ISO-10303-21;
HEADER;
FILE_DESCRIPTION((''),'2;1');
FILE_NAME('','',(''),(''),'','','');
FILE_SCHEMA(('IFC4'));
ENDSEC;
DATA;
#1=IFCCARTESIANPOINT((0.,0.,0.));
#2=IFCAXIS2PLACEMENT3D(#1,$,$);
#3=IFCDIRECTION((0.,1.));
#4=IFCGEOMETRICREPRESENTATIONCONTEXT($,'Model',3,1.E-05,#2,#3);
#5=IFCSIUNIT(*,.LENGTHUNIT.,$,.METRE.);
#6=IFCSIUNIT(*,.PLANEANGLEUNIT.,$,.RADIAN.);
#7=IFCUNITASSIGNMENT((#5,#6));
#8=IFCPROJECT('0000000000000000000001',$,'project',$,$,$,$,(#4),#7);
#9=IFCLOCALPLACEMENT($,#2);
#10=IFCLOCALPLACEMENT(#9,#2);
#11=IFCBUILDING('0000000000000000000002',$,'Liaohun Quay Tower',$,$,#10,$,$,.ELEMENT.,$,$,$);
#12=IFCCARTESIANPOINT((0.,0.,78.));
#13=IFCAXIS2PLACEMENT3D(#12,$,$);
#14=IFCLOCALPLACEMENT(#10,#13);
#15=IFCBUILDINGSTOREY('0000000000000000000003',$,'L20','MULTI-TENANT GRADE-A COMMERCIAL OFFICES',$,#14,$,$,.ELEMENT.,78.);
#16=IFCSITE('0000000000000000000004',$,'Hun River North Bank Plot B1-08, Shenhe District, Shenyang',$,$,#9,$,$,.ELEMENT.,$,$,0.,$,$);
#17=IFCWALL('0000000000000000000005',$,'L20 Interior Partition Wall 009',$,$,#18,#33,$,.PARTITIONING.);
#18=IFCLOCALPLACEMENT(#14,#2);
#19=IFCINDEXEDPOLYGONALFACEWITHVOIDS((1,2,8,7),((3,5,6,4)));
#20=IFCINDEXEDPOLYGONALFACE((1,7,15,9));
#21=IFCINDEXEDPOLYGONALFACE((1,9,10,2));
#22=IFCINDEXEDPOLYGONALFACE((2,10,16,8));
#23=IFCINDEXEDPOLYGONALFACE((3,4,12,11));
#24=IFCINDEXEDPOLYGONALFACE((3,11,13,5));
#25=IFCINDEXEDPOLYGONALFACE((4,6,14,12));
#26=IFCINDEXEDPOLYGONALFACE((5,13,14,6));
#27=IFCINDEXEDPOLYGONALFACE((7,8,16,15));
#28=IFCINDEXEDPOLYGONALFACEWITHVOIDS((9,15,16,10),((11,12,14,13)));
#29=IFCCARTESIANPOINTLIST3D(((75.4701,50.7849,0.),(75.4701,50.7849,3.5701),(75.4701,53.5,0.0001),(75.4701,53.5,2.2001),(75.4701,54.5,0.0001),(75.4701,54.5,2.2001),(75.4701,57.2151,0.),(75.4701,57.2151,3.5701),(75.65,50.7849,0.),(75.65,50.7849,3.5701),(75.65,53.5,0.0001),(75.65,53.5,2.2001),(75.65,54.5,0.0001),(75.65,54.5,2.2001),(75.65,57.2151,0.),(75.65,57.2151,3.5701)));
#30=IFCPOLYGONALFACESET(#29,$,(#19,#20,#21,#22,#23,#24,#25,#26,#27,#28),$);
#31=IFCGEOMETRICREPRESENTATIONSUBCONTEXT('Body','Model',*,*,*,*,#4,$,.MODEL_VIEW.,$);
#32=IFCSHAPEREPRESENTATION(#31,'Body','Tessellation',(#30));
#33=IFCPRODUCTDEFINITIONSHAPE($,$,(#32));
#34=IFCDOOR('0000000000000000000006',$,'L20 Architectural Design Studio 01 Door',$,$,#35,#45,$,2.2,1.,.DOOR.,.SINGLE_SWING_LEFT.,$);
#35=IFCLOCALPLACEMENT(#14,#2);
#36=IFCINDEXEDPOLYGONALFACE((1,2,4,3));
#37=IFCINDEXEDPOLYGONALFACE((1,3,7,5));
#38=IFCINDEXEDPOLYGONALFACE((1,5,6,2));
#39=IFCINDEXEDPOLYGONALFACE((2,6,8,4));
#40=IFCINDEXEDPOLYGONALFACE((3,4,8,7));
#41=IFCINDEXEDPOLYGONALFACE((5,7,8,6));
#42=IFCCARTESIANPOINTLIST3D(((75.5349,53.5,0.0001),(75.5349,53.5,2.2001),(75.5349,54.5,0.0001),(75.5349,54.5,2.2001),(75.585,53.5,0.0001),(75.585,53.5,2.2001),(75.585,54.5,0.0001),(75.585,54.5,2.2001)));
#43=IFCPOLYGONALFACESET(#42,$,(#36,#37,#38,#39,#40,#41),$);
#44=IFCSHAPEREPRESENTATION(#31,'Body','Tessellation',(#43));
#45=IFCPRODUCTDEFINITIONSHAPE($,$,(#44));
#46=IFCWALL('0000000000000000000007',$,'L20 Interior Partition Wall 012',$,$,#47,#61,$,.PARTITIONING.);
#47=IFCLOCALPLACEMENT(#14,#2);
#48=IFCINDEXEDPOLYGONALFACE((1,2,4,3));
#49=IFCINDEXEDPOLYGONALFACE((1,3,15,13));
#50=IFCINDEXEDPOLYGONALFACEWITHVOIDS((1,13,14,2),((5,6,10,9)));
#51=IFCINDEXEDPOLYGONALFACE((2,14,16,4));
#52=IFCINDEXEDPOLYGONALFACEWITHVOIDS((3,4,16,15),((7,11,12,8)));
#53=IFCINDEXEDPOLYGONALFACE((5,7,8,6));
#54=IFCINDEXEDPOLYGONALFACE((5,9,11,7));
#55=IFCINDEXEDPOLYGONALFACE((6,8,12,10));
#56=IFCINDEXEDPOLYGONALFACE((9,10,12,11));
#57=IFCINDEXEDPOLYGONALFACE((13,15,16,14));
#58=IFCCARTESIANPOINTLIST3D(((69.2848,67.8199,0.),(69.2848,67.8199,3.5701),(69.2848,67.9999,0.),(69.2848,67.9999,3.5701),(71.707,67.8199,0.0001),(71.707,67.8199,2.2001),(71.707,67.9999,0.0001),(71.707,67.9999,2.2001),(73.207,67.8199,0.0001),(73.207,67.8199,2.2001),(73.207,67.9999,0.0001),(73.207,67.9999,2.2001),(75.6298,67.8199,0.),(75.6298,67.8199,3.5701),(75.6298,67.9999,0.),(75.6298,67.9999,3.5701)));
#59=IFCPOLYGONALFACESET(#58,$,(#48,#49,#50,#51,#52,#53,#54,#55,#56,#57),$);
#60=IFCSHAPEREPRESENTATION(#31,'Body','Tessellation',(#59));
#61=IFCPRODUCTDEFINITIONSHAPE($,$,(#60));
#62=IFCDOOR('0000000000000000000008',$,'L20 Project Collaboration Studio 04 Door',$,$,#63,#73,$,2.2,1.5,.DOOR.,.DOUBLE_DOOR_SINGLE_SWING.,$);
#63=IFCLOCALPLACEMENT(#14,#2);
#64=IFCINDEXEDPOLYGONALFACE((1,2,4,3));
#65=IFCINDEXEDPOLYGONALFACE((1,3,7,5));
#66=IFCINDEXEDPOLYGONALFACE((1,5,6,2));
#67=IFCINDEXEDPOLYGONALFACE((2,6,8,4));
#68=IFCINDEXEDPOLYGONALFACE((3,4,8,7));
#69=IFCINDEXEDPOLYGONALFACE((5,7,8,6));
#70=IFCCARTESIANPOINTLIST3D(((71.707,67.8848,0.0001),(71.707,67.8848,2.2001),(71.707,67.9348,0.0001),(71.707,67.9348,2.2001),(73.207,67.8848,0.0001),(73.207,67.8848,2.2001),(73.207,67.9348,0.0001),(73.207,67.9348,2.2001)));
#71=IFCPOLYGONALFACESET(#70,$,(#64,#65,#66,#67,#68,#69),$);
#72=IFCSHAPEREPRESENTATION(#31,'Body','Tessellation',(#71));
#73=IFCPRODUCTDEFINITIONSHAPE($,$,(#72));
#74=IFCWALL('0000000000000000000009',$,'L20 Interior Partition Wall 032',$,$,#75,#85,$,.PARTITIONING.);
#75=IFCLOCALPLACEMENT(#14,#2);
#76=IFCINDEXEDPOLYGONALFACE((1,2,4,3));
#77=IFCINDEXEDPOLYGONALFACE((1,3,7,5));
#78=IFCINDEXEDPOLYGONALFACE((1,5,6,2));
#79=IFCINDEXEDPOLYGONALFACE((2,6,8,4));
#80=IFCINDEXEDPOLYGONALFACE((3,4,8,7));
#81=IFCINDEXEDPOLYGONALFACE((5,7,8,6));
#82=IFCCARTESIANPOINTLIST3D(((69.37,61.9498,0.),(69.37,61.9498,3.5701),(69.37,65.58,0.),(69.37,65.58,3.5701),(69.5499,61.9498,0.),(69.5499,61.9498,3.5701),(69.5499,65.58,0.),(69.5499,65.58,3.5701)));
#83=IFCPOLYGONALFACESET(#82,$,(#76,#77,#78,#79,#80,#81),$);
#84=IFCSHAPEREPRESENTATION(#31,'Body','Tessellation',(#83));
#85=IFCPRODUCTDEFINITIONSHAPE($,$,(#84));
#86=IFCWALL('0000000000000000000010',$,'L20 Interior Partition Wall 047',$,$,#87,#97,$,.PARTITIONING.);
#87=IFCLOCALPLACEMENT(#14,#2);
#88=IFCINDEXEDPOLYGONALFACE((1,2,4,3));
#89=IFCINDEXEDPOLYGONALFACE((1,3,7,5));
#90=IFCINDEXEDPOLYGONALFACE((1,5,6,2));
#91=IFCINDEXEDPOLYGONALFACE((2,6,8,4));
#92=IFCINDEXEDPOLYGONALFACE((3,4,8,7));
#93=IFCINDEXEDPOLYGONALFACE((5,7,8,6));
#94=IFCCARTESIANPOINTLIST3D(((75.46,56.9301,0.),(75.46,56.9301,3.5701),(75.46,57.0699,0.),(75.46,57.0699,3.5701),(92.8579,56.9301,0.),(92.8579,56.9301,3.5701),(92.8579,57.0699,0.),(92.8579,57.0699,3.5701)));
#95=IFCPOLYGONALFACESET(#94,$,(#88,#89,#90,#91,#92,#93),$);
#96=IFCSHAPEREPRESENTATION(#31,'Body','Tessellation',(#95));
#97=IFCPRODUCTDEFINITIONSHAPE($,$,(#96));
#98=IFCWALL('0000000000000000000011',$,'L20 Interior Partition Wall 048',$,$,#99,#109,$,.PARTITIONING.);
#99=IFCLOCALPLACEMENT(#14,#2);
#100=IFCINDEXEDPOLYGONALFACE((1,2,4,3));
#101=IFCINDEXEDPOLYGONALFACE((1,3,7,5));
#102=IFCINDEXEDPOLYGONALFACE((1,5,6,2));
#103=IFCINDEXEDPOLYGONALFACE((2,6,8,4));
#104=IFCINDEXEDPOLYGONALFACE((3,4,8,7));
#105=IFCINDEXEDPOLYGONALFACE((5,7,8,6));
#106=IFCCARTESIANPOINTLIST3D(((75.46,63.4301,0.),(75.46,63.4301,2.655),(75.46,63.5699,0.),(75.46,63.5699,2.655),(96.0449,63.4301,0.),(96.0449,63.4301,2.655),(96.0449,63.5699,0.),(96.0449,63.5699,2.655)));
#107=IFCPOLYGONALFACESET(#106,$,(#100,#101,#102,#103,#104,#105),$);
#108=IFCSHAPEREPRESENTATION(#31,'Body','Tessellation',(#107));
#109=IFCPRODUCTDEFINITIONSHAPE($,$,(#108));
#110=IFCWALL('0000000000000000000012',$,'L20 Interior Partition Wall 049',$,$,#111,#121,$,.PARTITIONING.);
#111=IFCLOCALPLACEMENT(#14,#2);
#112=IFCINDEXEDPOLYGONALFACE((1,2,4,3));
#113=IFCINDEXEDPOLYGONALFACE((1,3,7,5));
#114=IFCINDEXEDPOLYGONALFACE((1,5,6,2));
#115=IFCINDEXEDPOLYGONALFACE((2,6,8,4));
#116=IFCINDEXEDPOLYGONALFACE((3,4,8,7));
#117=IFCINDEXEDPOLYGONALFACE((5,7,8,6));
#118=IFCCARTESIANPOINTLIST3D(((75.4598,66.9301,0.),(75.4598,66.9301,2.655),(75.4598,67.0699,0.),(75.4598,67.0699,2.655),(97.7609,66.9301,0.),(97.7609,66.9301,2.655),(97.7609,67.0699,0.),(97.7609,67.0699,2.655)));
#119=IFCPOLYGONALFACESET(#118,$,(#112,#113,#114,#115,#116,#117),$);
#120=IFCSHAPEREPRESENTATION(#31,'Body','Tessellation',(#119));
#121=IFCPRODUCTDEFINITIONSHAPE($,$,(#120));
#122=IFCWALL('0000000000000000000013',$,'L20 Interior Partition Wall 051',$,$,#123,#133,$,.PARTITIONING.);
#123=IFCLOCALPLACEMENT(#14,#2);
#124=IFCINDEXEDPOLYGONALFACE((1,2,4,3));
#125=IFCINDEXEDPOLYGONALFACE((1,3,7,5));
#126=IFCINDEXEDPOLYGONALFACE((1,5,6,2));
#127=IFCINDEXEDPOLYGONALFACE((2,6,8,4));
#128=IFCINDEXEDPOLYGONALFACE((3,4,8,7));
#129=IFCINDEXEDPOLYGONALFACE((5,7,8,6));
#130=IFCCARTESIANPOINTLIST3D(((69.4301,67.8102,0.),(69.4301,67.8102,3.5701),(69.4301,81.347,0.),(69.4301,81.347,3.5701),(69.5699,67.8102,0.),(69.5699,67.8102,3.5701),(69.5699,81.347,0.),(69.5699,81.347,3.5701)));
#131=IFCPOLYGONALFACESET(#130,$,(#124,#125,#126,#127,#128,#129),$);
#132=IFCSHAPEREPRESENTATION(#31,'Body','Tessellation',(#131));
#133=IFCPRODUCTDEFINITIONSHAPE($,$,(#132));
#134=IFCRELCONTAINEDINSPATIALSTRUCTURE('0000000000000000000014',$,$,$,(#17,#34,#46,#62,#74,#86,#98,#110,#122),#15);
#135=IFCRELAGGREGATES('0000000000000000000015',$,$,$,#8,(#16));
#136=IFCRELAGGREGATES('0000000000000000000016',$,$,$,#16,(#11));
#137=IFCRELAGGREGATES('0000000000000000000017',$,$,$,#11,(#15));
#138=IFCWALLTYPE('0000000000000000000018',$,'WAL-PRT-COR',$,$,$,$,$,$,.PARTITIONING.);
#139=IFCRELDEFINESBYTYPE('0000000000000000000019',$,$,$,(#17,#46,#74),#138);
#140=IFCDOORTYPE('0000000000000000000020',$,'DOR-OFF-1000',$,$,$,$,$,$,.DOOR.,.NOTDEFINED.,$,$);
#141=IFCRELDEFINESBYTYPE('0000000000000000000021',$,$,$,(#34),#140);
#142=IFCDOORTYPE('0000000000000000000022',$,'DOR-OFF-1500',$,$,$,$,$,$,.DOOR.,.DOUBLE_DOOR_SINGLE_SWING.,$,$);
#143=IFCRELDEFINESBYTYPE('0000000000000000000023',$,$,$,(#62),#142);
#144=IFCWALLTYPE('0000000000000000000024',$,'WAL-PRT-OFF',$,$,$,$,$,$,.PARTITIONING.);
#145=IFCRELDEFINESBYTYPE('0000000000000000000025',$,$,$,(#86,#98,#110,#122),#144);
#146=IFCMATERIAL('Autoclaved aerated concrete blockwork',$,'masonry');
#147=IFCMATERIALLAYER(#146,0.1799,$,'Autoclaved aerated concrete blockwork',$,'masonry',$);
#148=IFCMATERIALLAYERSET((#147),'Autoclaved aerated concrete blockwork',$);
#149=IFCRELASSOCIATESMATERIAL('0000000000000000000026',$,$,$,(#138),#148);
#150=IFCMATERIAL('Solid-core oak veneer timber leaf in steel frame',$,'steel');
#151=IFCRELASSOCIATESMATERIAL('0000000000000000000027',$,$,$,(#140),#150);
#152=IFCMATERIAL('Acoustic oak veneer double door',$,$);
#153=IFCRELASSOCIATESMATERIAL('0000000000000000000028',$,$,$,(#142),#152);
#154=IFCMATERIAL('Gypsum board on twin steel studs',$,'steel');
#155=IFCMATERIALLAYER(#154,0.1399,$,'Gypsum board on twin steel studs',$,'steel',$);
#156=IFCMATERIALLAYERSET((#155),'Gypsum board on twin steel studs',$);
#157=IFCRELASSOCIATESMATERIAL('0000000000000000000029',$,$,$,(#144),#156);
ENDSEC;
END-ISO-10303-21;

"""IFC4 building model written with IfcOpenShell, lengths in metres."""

from ifc_helpers import new_model, si_unit, direction, frame, frame_2d, origin, place, context, subcontext, project, spatial, rectangle, extrude, source, transform, mapped, material, layer, layer_set, type_object, element, fill, save


model = new_model("IFC4")

# Units and contexts
model_context = context("Model", 3, precision=1e-05, world=origin(), true_north=direction((0.0, 1.0)))
body_context = subcontext(model_context, "Body", "Model", "MODEL_VIEW")
ifc_project = project(units=[si_unit("LENGTHUNIT", "METRE"), si_unit("PLANEANGLEUNIT", "RADIAN")], contexts=[model_context])

# Site, building, storey
site_placement = place(None, origin())
site = spatial("IfcSite", under=ifc_project, at=site_placement, Name="Hun River North Bank Plot B1-08, Shenhe District, Shenyang", CompositionType="ELEMENT", RefElevation=0.0)
building_placement = place(site_placement, origin())
building = spatial("IfcBuilding", under=site, at=building_placement, Name="Liaohun Quay Tower", CompositionType="ELEMENT")
storey_placement = place(building_placement, frame((0.0, 0.0, 78.0)))
storey = spatial("IfcBuildingStorey", under=building, at=storey_placement, Name="L20", Description="MULTI-TENANT GRADE-A COMMERCIAL OFFICES", CompositionType="ELEMENT", Elevation=78.0)

# Walls, openings, doors
ifc_material_1 = material(Name="Autoclaved aerated concrete blockwork", Category="masonry")
ifc_layer_1 = layer(ifc_material_1, 0.1799, Name="Autoclaved aerated concrete blockwork", Category="masonry")
ifc_layer_set_1 = layer_set([ifc_layer_1], Name="Autoclaved aerated concrete blockwork")
wall_type_1 = type_object("IfcWallType", Name="WAL-PRT-COR", PredefinedType="PARTITIONING", material=ifc_layer_set_1)
wall_1_placement = place(storey_placement, frame((75.5601, 57.2151, 0.0), z_axis=(0.0, 0.0, 1.0), x_axis=(0.0, -1.0, 0.0)))
wall_1 = element("IfcWall", 1, at=wall_1_placement, inside=storey, type_object=wall_type_1, Name="L20 Interior Partition Wall 009", PredefinedType="PARTITIONING", context=body_context, shape_type="SweptSolid", body=[
    extrude(rectangle(XDim=6.4302, YDim=0.1799, at=frame_2d((3.2151, 0.0))), origin(), (0.0, 0.0, 1.0), 3.5701),
])
shared_shape_1 = source(origin(), body_context, "Body", "SweptSolid", [
    extrude(rectangle(XDim=1.0, YDim=2.2, at=frame_2d((0.5, 1.1001))), frame((0.0, 0.0999, 0.0), z_axis=(0.0, -1.0, 0.0), x_axis=(1.0, 0.0, 0.0)), (0.0, 0.0, 1.0), 0.2),
])
opening_1_placement = place(wall_1_placement, frame((2.7151, 0.0, 0.0)))
opening_1 = element("IfcOpeningElement", 2, at=opening_1_placement, cuts=wall_1, PredefinedType="OPENING", context=body_context, shape_type="MappedRepresentation", body=[
    mapped(shared_shape_1, transform((0.0, 0.0, 0.0), x_axis=(1.0, 0.0, 0.0), y_axis=(0.0, 1.0, 0.0), z_axis=(0.0, 0.0, 1.0), scale=1.0)),
])
ifc_material_2 = material(Name="Solid-core oak veneer timber leaf in steel frame", Category="steel")
door_type_1 = type_object("IfcDoorType", Name="DOR-OFF-1000", OperationType="NOTDEFINED", PredefinedType="DOOR", material=ifc_material_2)
shared_shape_2 = source(origin(), body_context, "Body", "SweptSolid", [
    extrude(rectangle(XDim=1.0, YDim=2.2, at=frame_2d((0.5, 1.1001))), frame((0.0, 0.0249, 0.0), z_axis=(0.0, -1.0, 0.0), x_axis=(1.0, 0.0, 0.0)), (0.0, 0.0, 1.0), 0.05),
])
door_1_placement = place(opening_1_placement, origin())
door_1 = element("IfcDoor", 3, at=door_1_placement, inside=storey, type_object=door_type_1, Name="L20 Architectural Design Studio 01 Door", OperationType="SINGLE_SWING_LEFT", OverallHeight=2.2, OverallWidth=1.0, PredefinedType="DOOR", context=body_context, shape_type="MappedRepresentation", body=[
    mapped(shared_shape_2, transform((0.0, 0.0, 0.0), x_axis=(1.0, 0.0, 0.0), y_axis=(0.0, 1.0, 0.0), z_axis=(0.0, 0.0, 1.0), scale=1.0)),
])
fill(opening_1, door_1)
wall_2_placement = place(storey_placement, frame((69.2849, 67.9099, 0.0), z_axis=(0.0, 0.0, 1.0), x_axis=(1.0, 0.0, 0.0)))
wall_2 = element("IfcWall", 4, at=wall_2_placement, inside=storey, type_object=wall_type_1, Name="L20 Interior Partition Wall 012", PredefinedType="PARTITIONING", context=body_context, shape_type="SweptSolid", body=[
    extrude(rectangle(XDim=6.345, YDim=0.1799, at=frame_2d((3.1724, 0.0))), origin(), (0.0, 0.0, 1.0), 3.5701),
])
shared_shape_3 = source(origin(), body_context, "Body", "SweptSolid", [
    extrude(rectangle(XDim=1.5, YDim=2.2, at=frame_2d((0.75, 1.1001))), frame((0.0, 0.0999, 0.0), z_axis=(0.0, -1.0, 0.0), x_axis=(1.0, 0.0, 0.0)), (0.0, 0.0, 1.0), 0.2),
])
opening_2_placement = place(wall_2_placement, frame((2.4221, 0.0, 0.0)))
opening_2 = element("IfcOpeningElement", 5, at=opening_2_placement, cuts=wall_2, PredefinedType="OPENING", context=body_context, shape_type="MappedRepresentation", body=[
    mapped(shared_shape_3, transform((0.0, 0.0, 0.0), x_axis=(1.0, 0.0, 0.0), y_axis=(0.0, 1.0, 0.0), z_axis=(0.0, 0.0, 1.0), scale=1.0)),
])
ifc_material_3 = material(Name="Acoustic oak veneer double door")
door_type_2 = type_object("IfcDoorType", Name="DOR-OFF-1500", OperationType="DOUBLE_DOOR_SINGLE_SWING", PredefinedType="DOOR", material=ifc_material_3)
shared_shape_4 = source(origin(), body_context, "Body", "SweptSolid", [
    extrude(rectangle(XDim=1.5, YDim=2.2, at=frame_2d((0.75, 1.1001))), frame((0.0, 0.0249, 0.0), z_axis=(0.0, -1.0, 0.0), x_axis=(1.0, 0.0, 0.0)), (0.0, 0.0, 1.0), 0.05),
])
door_2_placement = place(opening_2_placement, origin())
door_2 = element("IfcDoor", 6, at=door_2_placement, inside=storey, type_object=door_type_2, Name="L20 Project Collaboration Studio 04 Door", OperationType="DOUBLE_DOOR_SINGLE_SWING", OverallHeight=2.2, OverallWidth=1.5, PredefinedType="DOOR", context=body_context, shape_type="MappedRepresentation", body=[
    mapped(shared_shape_4, transform((0.0, 0.0, 0.0), x_axis=(1.0, 0.0, 0.0), y_axis=(0.0, 1.0, 0.0), z_axis=(0.0, 0.0, 1.0), scale=1.0)),
])
fill(opening_2, door_2)

# Walls
wall_3_placement = place(storey_placement, frame((69.46, 61.95, 0.0), z_axis=(0.0, 0.0, 1.0), x_axis=(0.0, 1.0, 0.0)))
element("IfcWall", 7, at=wall_3_placement, inside=storey, type_object=wall_type_1, Name="L20 Interior Partition Wall 032", PredefinedType="PARTITIONING", context=body_context, shape_type="SweptSolid", body=[
    extrude(rectangle(XDim=3.6301, YDim=0.1799, at=frame_2d((1.8149, 0.0))), origin(), (0.0, 0.0, 1.0), 3.5701),
])
ifc_material_4 = material(Name="Gypsum board on twin steel studs", Category="steel")
ifc_layer_2 = layer(ifc_material_4, 0.1399, Name="Gypsum board on twin steel studs", Category="steel")
ifc_layer_set_2 = layer_set([ifc_layer_2], Name="Gypsum board on twin steel studs")
wall_type_2 = type_object("IfcWallType", Name="WAL-PRT-OFF", PredefinedType="PARTITIONING", material=ifc_layer_set_2)
wall_4_placement = place(storey_placement, frame((75.46, 57.0, 0.0), z_axis=(0.0, 0.0, 1.0), x_axis=(1.0, 0.0, 0.0)))
element("IfcWall", 8, at=wall_4_placement, inside=storey, type_object=wall_type_2, Name="L20 Interior Partition Wall 047", PredefinedType="PARTITIONING", context=body_context, shape_type="SweptSolid", body=[
    extrude(rectangle(XDim=17.3979, YDim=0.1399, at=frame_2d((8.699, 0.0))), origin(), (0.0, 0.0, 1.0), 3.5701),
])
wall_5_placement = place(storey_placement, frame((75.46, 63.5, 0.0), z_axis=(0.0, 0.0, 1.0), x_axis=(1.0, 0.0, 0.0)))
element("IfcWall", 9, at=wall_5_placement, inside=storey, type_object=wall_type_2, Name="L20 Interior Partition Wall 048", PredefinedType="PARTITIONING", context=body_context, shape_type="SweptSolid", body=[
    extrude(rectangle(XDim=20.585, YDim=0.1399, at=frame_2d((10.2925, 0.0))), origin(), (0.0, 0.0, 1.0), 2.655),
])
wall_6_placement = place(storey_placement, frame((75.46, 67.0, 0.0), z_axis=(0.0, 0.0, 1.0), x_axis=(1.0, 0.0, 0.0)))
element("IfcWall", 10, at=wall_6_placement, inside=storey, type_object=wall_type_2, Name="L20 Interior Partition Wall 049", PredefinedType="PARTITIONING", context=body_context, shape_type="SweptSolid", body=[
    extrude(rectangle(XDim=22.301, YDim=0.1399, at=frame_2d((11.1504, 0.0))), origin(), (0.0, 0.0, 1.0), 2.655),
])
wall_7_placement = place(storey_placement, frame((69.5, 67.8101, 0.0), z_axis=(0.0, 0.0, 1.0), x_axis=(0.0, 1.0, 0.0)))
element("IfcWall", 11, at=wall_7_placement, inside=storey, type_object=wall_type_2, Name="L20 Interior Partition Wall 051", PredefinedType="PARTITIONING", context=body_context, shape_type="SweptSolid", body=[
    extrude(rectangle(XDim=13.5369, YDim=0.1399, at=frame_2d((6.7686, 0.0))), origin(), (0.0, 0.0, 1.0), 3.5701),
])

save(model, "model.ifc")
